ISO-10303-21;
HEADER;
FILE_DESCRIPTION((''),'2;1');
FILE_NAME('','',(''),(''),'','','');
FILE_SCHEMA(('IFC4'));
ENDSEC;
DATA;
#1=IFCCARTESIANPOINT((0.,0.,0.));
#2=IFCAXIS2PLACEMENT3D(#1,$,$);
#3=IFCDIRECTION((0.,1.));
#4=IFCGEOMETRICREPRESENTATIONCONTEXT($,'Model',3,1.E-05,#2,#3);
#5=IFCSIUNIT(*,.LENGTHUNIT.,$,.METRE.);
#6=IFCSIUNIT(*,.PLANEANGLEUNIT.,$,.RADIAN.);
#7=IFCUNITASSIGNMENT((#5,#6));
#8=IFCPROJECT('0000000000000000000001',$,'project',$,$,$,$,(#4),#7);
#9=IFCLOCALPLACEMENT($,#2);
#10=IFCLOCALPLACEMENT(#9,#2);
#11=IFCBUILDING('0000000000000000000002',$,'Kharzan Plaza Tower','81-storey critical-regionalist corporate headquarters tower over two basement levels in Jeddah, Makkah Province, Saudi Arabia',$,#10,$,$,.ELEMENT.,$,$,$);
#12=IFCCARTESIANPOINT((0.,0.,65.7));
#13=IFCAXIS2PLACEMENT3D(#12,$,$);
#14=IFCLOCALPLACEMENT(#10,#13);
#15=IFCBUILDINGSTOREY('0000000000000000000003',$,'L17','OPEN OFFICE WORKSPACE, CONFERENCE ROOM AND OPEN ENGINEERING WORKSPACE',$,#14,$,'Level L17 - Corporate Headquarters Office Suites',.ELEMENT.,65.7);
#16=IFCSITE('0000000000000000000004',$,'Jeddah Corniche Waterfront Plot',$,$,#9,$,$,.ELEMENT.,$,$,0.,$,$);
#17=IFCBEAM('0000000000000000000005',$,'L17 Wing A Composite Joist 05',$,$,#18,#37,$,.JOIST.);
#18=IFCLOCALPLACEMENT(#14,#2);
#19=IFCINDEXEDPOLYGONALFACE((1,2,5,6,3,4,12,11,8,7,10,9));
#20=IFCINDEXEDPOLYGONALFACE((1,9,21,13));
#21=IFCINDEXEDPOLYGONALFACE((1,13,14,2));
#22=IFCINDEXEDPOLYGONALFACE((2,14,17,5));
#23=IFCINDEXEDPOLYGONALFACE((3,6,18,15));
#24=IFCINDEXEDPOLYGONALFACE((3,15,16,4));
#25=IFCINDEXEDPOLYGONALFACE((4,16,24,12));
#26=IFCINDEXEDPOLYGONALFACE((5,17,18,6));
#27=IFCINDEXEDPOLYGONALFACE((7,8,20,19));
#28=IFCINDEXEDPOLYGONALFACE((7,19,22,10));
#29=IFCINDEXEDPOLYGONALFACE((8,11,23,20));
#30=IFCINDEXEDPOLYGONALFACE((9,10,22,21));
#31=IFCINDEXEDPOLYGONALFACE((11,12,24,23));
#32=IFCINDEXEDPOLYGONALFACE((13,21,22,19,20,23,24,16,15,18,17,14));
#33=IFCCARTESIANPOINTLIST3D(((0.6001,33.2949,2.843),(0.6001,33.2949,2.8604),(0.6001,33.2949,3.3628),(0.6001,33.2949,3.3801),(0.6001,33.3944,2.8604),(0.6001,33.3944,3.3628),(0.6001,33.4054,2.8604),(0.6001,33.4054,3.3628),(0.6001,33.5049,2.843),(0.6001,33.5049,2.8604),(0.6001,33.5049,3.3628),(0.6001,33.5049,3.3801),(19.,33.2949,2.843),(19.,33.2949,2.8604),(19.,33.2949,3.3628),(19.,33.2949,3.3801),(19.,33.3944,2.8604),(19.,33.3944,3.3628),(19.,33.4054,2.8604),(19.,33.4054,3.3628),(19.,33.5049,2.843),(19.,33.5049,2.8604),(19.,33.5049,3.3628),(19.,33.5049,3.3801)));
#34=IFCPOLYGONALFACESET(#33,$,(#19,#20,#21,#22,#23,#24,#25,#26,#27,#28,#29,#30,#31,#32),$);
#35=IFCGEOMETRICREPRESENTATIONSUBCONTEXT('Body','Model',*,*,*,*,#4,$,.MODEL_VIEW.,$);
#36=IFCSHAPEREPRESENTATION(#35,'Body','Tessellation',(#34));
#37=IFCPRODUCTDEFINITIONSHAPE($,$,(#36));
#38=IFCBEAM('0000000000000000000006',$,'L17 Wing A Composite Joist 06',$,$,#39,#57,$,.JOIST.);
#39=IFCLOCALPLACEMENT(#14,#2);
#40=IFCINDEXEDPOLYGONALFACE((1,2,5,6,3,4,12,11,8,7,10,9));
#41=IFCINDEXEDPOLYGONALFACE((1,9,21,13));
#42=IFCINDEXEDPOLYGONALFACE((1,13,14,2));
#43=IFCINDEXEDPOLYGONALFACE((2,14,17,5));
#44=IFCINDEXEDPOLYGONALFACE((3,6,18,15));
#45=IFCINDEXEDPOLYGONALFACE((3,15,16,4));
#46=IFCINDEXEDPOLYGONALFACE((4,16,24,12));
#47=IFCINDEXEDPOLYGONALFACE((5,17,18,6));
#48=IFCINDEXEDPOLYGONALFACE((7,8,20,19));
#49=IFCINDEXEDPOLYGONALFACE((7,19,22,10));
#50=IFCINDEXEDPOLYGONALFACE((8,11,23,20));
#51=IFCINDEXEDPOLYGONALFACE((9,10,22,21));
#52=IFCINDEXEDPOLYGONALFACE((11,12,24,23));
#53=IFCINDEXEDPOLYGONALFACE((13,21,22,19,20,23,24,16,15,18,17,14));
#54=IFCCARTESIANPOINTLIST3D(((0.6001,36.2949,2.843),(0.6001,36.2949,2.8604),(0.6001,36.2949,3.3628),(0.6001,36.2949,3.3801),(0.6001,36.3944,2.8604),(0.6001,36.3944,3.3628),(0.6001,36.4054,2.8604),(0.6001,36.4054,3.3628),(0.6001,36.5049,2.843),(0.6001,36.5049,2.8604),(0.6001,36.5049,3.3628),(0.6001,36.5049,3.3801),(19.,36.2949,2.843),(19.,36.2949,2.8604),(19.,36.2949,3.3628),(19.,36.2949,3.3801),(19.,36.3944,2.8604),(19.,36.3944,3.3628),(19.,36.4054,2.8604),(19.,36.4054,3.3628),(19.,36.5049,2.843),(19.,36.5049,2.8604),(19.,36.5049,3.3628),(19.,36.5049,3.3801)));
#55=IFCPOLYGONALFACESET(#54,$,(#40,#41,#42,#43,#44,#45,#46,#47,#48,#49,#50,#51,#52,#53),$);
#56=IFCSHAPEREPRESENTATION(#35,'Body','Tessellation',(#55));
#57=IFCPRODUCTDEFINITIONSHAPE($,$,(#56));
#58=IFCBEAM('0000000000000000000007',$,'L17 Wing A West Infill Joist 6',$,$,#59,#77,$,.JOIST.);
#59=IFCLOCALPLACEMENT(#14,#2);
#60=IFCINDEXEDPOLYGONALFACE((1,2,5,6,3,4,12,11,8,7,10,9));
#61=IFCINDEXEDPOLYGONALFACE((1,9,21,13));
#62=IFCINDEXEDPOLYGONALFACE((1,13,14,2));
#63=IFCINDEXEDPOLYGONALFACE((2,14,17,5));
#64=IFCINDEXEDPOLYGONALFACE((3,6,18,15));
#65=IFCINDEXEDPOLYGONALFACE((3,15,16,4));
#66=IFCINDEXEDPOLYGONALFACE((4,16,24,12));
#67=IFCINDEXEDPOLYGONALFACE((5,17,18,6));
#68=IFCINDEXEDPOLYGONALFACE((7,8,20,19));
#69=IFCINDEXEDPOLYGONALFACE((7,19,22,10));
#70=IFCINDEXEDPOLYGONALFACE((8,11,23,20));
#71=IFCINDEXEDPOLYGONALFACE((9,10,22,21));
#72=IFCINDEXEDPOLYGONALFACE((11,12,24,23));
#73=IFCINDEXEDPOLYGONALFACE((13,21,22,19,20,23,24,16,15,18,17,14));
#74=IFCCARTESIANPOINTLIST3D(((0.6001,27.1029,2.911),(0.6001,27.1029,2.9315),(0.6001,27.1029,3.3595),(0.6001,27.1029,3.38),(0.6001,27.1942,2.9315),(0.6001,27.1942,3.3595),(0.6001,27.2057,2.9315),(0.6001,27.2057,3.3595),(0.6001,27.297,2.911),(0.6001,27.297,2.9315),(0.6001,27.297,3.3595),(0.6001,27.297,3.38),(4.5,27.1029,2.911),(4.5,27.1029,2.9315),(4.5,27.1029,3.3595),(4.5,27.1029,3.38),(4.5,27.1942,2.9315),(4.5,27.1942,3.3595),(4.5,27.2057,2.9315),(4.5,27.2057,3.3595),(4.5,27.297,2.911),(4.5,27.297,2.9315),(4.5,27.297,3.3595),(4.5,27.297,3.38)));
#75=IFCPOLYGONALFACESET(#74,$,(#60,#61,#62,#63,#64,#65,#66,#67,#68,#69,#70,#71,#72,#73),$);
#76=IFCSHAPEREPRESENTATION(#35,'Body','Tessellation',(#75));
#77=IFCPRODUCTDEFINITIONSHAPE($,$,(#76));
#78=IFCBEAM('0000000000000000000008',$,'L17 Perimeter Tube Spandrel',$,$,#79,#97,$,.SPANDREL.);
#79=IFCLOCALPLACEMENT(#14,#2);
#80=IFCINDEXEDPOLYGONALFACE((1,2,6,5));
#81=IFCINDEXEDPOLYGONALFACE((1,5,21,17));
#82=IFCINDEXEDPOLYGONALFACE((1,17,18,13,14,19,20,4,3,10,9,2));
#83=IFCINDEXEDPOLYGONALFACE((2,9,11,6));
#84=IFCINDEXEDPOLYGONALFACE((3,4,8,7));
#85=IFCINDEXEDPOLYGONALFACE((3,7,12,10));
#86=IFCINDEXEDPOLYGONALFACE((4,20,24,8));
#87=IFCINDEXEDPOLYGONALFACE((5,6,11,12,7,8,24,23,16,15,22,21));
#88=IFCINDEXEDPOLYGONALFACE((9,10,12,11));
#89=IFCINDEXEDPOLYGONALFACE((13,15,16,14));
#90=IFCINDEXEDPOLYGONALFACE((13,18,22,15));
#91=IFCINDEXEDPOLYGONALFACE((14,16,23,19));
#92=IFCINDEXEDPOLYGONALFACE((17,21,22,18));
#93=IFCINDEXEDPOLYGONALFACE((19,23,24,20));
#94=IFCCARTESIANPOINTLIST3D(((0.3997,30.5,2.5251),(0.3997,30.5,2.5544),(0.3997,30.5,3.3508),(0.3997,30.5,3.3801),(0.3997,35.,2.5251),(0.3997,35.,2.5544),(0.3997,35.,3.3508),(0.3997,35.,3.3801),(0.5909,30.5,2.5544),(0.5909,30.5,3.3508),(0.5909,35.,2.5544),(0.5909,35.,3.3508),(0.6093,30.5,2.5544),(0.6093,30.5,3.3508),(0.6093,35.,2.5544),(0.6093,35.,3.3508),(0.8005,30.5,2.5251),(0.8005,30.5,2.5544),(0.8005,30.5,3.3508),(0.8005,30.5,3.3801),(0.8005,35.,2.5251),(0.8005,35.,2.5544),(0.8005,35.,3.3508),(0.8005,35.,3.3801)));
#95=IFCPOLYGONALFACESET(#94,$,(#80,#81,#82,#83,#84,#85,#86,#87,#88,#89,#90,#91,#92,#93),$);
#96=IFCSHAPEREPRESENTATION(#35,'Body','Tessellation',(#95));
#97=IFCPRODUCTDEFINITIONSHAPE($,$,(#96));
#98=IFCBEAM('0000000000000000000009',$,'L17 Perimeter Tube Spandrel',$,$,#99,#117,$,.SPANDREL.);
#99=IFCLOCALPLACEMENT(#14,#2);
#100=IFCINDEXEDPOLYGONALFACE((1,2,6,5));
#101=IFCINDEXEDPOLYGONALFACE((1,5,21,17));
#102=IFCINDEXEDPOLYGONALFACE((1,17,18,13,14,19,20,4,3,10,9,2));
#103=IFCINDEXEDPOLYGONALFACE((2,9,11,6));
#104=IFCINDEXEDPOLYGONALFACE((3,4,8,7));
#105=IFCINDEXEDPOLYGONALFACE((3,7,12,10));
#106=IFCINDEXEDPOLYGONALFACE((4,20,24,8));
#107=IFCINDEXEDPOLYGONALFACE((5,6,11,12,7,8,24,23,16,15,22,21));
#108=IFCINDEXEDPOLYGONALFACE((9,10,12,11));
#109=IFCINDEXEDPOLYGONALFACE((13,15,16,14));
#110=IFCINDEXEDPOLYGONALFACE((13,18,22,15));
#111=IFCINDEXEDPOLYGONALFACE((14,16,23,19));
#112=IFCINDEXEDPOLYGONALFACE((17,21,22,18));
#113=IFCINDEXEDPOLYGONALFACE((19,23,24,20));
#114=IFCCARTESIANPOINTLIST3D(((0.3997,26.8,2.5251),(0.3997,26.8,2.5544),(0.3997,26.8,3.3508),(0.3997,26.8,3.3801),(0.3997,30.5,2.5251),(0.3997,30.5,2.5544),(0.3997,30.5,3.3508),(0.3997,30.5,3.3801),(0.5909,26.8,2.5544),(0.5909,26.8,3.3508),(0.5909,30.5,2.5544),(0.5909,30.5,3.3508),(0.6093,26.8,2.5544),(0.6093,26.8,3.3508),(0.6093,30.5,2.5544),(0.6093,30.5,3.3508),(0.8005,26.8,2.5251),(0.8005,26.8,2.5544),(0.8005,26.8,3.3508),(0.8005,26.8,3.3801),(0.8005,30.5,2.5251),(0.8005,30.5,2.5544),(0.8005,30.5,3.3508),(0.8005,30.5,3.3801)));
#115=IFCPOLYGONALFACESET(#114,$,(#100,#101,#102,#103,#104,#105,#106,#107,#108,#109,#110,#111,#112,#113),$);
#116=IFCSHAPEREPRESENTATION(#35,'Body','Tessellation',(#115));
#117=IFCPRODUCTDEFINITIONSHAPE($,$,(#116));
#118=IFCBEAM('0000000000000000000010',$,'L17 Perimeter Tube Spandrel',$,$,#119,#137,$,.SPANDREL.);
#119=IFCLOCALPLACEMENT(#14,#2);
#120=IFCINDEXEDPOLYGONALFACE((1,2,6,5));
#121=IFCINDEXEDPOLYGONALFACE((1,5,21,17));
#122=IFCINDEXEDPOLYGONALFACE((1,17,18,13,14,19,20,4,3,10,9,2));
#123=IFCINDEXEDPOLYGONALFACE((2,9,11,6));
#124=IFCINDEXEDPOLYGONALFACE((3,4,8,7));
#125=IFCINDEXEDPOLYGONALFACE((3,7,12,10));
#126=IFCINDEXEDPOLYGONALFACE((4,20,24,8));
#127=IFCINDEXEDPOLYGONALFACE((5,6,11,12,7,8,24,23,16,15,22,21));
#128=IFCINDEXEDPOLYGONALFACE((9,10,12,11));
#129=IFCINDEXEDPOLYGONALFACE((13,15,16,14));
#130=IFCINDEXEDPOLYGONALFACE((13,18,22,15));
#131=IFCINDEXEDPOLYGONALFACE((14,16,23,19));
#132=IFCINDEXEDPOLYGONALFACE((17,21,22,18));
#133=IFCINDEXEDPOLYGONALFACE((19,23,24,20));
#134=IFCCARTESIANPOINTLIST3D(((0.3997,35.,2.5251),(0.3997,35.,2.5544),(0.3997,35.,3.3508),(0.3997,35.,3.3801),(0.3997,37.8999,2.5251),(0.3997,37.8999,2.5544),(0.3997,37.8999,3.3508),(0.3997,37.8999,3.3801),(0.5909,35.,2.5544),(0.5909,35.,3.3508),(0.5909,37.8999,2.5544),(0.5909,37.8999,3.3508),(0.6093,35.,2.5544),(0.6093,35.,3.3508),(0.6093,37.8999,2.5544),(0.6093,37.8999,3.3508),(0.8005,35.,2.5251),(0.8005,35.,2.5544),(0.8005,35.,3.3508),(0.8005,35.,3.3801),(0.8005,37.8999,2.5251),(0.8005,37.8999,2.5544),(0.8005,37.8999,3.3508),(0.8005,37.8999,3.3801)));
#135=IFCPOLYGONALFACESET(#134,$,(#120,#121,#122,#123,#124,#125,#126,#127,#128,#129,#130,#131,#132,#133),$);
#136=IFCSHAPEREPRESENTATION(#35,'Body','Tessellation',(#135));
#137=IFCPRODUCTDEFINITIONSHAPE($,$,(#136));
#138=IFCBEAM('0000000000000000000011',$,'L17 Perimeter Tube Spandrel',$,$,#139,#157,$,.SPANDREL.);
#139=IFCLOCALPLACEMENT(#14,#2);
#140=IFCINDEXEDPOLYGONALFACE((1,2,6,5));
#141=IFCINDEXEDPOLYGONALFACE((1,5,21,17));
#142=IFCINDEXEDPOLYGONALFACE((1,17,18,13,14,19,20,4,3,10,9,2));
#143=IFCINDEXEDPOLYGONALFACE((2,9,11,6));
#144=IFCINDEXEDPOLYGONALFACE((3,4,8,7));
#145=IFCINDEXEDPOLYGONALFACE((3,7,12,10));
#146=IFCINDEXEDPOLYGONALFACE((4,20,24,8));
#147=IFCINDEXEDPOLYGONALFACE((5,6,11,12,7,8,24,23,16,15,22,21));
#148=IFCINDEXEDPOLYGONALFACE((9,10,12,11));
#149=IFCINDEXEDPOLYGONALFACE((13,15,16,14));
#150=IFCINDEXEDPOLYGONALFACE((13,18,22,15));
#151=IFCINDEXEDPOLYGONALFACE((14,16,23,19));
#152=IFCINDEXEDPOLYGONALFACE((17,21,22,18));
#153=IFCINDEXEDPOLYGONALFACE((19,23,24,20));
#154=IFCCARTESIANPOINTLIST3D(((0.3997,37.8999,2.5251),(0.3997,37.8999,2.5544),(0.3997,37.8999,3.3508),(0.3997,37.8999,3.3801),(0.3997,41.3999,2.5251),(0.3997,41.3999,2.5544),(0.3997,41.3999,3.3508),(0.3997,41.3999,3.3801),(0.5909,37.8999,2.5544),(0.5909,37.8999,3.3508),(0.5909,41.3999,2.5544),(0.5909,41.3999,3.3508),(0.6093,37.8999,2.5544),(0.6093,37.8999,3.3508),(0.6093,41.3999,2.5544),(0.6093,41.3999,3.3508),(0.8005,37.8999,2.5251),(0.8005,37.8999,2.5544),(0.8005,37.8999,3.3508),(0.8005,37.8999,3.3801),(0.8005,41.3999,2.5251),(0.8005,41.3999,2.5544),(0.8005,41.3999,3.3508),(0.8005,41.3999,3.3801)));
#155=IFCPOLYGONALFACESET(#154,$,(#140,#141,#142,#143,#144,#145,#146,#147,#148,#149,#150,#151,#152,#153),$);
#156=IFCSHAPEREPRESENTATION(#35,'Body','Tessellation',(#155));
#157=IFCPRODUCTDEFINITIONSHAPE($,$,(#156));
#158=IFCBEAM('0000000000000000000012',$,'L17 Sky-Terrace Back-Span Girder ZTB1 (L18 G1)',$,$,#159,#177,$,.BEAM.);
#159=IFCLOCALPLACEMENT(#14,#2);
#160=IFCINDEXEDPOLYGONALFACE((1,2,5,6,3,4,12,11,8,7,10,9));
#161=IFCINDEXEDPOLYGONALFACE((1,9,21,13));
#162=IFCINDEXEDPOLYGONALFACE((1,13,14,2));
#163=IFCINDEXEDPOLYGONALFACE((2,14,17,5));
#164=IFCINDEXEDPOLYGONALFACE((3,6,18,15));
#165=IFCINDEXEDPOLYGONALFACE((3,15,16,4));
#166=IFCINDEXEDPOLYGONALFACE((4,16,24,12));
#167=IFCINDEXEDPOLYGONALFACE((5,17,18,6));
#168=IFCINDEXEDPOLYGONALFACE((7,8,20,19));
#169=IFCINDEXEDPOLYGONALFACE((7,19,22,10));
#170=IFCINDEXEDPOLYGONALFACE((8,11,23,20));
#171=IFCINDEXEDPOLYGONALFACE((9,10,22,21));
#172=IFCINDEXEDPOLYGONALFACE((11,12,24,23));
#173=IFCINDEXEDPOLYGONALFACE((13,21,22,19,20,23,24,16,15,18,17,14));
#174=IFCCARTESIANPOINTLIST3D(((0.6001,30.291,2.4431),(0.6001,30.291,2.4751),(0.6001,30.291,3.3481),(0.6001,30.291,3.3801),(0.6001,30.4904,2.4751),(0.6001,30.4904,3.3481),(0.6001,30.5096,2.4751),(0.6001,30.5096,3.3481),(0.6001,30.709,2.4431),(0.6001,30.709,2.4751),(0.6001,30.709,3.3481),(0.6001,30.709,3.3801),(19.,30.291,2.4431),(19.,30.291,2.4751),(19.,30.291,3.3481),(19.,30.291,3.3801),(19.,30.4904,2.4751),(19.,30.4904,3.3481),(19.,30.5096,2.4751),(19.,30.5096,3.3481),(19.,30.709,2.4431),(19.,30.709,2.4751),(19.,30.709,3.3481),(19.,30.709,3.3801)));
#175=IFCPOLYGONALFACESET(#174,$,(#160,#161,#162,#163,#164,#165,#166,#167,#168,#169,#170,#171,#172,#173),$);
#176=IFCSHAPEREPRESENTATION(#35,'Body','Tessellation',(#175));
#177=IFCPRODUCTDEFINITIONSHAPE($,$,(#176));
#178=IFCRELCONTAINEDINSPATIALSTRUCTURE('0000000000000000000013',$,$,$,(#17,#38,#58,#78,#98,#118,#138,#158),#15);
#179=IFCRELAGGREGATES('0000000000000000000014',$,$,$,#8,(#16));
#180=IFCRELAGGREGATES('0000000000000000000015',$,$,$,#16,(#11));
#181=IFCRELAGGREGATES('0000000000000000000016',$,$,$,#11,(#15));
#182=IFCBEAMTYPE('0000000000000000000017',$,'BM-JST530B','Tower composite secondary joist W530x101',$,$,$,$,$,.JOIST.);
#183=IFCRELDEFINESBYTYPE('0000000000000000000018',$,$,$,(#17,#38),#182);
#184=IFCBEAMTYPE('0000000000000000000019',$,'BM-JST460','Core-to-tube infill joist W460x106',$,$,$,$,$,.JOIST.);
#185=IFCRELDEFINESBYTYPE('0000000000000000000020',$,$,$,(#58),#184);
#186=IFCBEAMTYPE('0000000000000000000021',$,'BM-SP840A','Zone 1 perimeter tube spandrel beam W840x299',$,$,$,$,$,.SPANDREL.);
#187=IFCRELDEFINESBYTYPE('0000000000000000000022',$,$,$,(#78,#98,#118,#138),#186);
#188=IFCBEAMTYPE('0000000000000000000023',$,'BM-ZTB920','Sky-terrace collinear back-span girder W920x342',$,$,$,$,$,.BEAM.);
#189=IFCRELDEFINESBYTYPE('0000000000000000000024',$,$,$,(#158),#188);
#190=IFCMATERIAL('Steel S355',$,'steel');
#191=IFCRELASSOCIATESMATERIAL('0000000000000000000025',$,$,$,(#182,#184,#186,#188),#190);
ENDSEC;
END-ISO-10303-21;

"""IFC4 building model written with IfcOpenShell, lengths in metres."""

from ifc_helpers import new_model, si_unit, direction, frame, origin, origin_2d, place, context, subcontext, project, spatial, i_section, extrude, source, transform, mapped, material, material_profile, profile_set, type_object, element, save


model = new_model("IFC4")

# Units and contexts
model_context = context("Model", 3, precision=1e-05, world=origin(), true_north=direction((0.0, 1.0)))
body_context = subcontext(model_context, "Body", "Model", "MODEL_VIEW")
ifc_project = project(units=[si_unit("LENGTHUNIT", "METRE"), si_unit("PLANEANGLEUNIT", "RADIAN")], contexts=[model_context])

# Site, building, storey
site_placement = place(None, origin())
site = spatial("IfcSite", under=ifc_project, at=site_placement, Name="Jeddah Corniche Waterfront Plot", CompositionType="ELEMENT", RefElevation=0.0)
building_placement = place(site_placement, origin())
building = spatial("IfcBuilding", under=site, at=building_placement, Name="Kharzan Plaza Tower", Description="81-storey critical-regionalist corporate headquarters tower over two basement levels in Jeddah, Makkah Province, Saudi Arabia", CompositionType="ELEMENT")
storey_placement = place(building_placement, frame((0.0, 0.0, 65.7)))
storey = spatial("IfcBuildingStorey", under=building, at=storey_placement, Name="L17", Description="OPEN OFFICE WORKSPACE, CONFERENCE ROOM AND OPEN ENGINEERING WORKSPACE", LongName="Level L17 - Corporate Headquarters Office Suites", CompositionType="ELEMENT", Elevation=65.7)

# Beams
ifc_material_1 = material(Name="Steel S355", Category="steel")
ifc_material_profile_1 = material_profile(ifc_material_1, i_section(OverallWidth=0.21, OverallDepth=0.5371, WebThickness=0.011, FlangeThickness=0.0173, at=origin_2d()), Name="W530x101")
ifc_profile_set_1 = profile_set([ifc_material_profile_1], Name="Steel S355")
beam_type_1 = type_object("IfcBeamType", Name="BM-JST530B", Description="Tower composite secondary joist W530x101", PredefinedType="JOIST", material=ifc_profile_set_1)
shared_shape_1 = source(origin(), body_context, "Body", "SweptSolid", [
    extrude(i_section(OverallWidth=0.21, OverallDepth=0.5371, WebThickness=0.011, FlangeThickness=0.0173, at=origin_2d()), origin(), (0.0, 0.0, 1.0), 18.3999),
])
for number, where, z_axis, x_axis, name in (
    (1, (0.6001, 33.3999, 3.1116), (1.0, 0.0, 0.0), (0.0, 1.0, 0.0), "L17 Wing A Composite Joist 05"),
    (2, (0.6001, 36.3999, 3.1116), (1.0, 0.0, 0.0), (0.0, 1.0, 0.0), "L17 Wing A Composite Joist 06"),
):
    element("IfcBeam", number, at=place(storey_placement, frame(where, z_axis=z_axis, x_axis=x_axis)), inside=storey, type_object=beam_type_1, Name=name, PredefinedType="JOIST", context=body_context, shape_type="MappedRepresentation", body=[
        mapped(shared_shape_1, transform((0.0, 0.0, 0.0), x_axis=(1.0, 0.0, 0.0), y_axis=(0.0, 1.0, 0.0), z_axis=(0.0, 0.0, 1.0))),
    ])
ifc_material_profile_2 = material_profile(ifc_material_1, i_section(OverallWidth=0.1941, OverallDepth=0.469, WebThickness=0.0115, FlangeThickness=0.0205, at=origin_2d()), Name="W460x106")
ifc_profile_set_2 = profile_set([ifc_material_profile_2], Name="Steel S355")
beam_type_2 = type_object("IfcBeamType", Name="BM-JST460", Description="Core-to-tube infill joist W460x106", PredefinedType="JOIST", material=ifc_profile_set_2)
shared_shape_2 = source(origin(), body_context, "Body", "SweptSolid", [
    extrude(i_section(OverallWidth=0.1941, OverallDepth=0.469, WebThickness=0.0115, FlangeThickness=0.0205, at=origin_2d()), origin(), (0.0, 0.0, 1.0), 3.8999),
])
beam_1_placement = place(storey_placement, frame((0.6001, 27.2, 3.1455), z_axis=(1.0, 0.0, 0.0), x_axis=(0.0, 1.0, 0.0)))
element("IfcBeam", 3, at=beam_1_placement, inside=storey, type_object=beam_type_2, Name="L17 Wing A West Infill Joist 6", PredefinedType="JOIST", context=body_context, shape_type="MappedRepresentation", body=[
    mapped(shared_shape_2, transform((0.0, 0.0, 0.0), x_axis=(1.0, 0.0, 0.0), y_axis=(0.0, 1.0, 0.0), z_axis=(0.0, 0.0, 1.0))),
])
ifc_material_profile_3 = material_profile(ifc_material_1, i_section(OverallWidth=0.4009, OverallDepth=0.855, WebThickness=0.0183, FlangeThickness=0.0293, at=origin_2d()), Name="W840x299")
ifc_profile_set_3 = profile_set([ifc_material_profile_3], Name="Steel S355")
beam_type_3 = type_object("IfcBeamType", Name="BM-SP840A", Description="Zone 1 perimeter tube spandrel beam W840x299", PredefinedType="SPANDREL", material=ifc_profile_set_3)
shared_shape_3 = source(origin(), body_context, "Body", "SweptSolid", [
    extrude(i_section(OverallWidth=0.4009, OverallDepth=0.855, WebThickness=0.0183, FlangeThickness=0.0293, at=origin_2d()), origin(), (0.0, 0.0, 1.0), 4.5),
])
beam_2_placement = place(storey_placement, frame((0.6001, 30.5, 2.9526), z_axis=(0.0, 1.0, 0.0), x_axis=(-1.0, 0.0, 0.0)))
element("IfcBeam", 4, at=beam_2_placement, inside=storey, type_object=beam_type_3, Name="L17 Perimeter Tube Spandrel", PredefinedType="SPANDREL", context=body_context, shape_type="MappedRepresentation", body=[
    mapped(shared_shape_3, transform((0.0, 0.0, 0.0), x_axis=(1.0, 0.0, 0.0), y_axis=(0.0, 1.0, 0.0), z_axis=(0.0, 0.0, 1.0))),
])
shared_shape_4 = source(origin(), body_context, "Body", "SweptSolid", [
    extrude(i_section(OverallWidth=0.4009, OverallDepth=0.855, WebThickness=0.0183, FlangeThickness=0.0293, at=origin_2d()), origin(), (0.0, 0.0, 1.0), 3.7),
])
beam_3_placement = place(storey_placement, frame((0.6001, 26.8, 2.9526), z_axis=(0.0, 1.0, 0.0), x_axis=(-1.0, 0.0, 0.0)))
element("IfcBeam", 5, at=beam_3_placement, inside=storey, type_object=beam_type_3, Name="L17 Perimeter Tube Spandrel", PredefinedType="SPANDREL", context=body_context, shape_type="MappedRepresentation", body=[
    mapped(shared_shape_4, transform((0.0, 0.0, 0.0), x_axis=(1.0, 0.0, 0.0), y_axis=(0.0, 1.0, 0.0), z_axis=(0.0, 0.0, 1.0))),
])
shared_shape_5 = source(origin(), body_context, "Body", "SweptSolid", [
    extrude(i_section(OverallWidth=0.4009, OverallDepth=0.855, WebThickness=0.0183, FlangeThickness=0.0293, at=origin_2d()), origin(), (0.0, 0.0, 1.0), 2.8999),
])
beam_4_placement = place(storey_placement, frame((0.6001, 35.0, 2.9526), z_axis=(0.0, 1.0, 0.0), x_axis=(-1.0, 0.0, 0.0)))
element("IfcBeam", 6, at=beam_4_placement, inside=storey, type_object=beam_type_3, Name="L17 Perimeter Tube Spandrel", PredefinedType="SPANDREL", context=body_context, shape_type="MappedRepresentation", body=[
    mapped(shared_shape_5, transform((0.0, 0.0, 0.0), x_axis=(1.0, 0.0, 0.0), y_axis=(0.0, 1.0, 0.0), z_axis=(0.0, 0.0, 1.0))),
])
shared_shape_6 = source(origin(), body_context, "Body", "SweptSolid", [
    extrude(i_section(OverallWidth=0.4009, OverallDepth=0.855, WebThickness=0.0183, FlangeThickness=0.0293, at=origin_2d()), origin(), (0.0, 0.0, 1.0), 3.5),
])
beam_5_placement = place(storey_placement, frame((0.6001, 37.8999, 2.9526), z_axis=(0.0, 1.0, 0.0), x_axis=(-1.0, 0.0, 0.0)))
element("IfcBeam", 7, at=beam_5_placement, inside=storey, type_object=beam_type_3, Name="L17 Perimeter Tube Spandrel", PredefinedType="SPANDREL", context=body_context, shape_type="MappedRepresentation", body=[
    mapped(shared_shape_6, transform((0.0, 0.0, 0.0), x_axis=(1.0, 0.0, 0.0), y_axis=(0.0, 1.0, 0.0), z_axis=(0.0, 0.0, 1.0))),
])
ifc_material_profile_4 = material_profile(ifc_material_1, i_section(OverallWidth=0.418, OverallDepth=0.937, WebThickness=0.0193, FlangeThickness=0.032, at=origin_2d()), Name="W920x342")
ifc_profile_set_4 = profile_set([ifc_material_profile_4], Name="Steel S355")
beam_type_4 = type_object("IfcBeamType", Name="BM-ZTB920", Description="Sky-terrace collinear back-span girder W920x342", PredefinedType="BEAM", material=ifc_profile_set_4)
shared_shape_7 = source(origin(), body_context, "Body", "SweptSolid", [
    extrude(i_section(OverallWidth=0.418, OverallDepth=0.937, WebThickness=0.0193, FlangeThickness=0.032, at=origin_2d()), origin(), (0.0, 0.0, 1.0), 18.3999),
])
for number, where, z_axis, x_axis, name in (
    (8, (0.6001, 30.5, 2.9116), (1.0, 0.0, 0.0), (0.0, 1.0, 0.0), "L17 Sky-Terrace Back-Span Girder ZTB1 (L18 G1)"),
):
    element("IfcBeam", number, at=place(storey_placement, frame(where, z_axis=z_axis, x_axis=x_axis)), inside=storey, type_object=beam_type_4, Name=name, PredefinedType="BEAM", context=body_context, shape_type="MappedRepresentation", body=[
        mapped(shared_shape_7, transform((0.0, 0.0, 0.0), x_axis=(1.0, 0.0, 0.0), y_axis=(0.0, 1.0, 0.0), z_axis=(0.0, 0.0, 1.0))),
    ])

save(model, "model.ifc")
